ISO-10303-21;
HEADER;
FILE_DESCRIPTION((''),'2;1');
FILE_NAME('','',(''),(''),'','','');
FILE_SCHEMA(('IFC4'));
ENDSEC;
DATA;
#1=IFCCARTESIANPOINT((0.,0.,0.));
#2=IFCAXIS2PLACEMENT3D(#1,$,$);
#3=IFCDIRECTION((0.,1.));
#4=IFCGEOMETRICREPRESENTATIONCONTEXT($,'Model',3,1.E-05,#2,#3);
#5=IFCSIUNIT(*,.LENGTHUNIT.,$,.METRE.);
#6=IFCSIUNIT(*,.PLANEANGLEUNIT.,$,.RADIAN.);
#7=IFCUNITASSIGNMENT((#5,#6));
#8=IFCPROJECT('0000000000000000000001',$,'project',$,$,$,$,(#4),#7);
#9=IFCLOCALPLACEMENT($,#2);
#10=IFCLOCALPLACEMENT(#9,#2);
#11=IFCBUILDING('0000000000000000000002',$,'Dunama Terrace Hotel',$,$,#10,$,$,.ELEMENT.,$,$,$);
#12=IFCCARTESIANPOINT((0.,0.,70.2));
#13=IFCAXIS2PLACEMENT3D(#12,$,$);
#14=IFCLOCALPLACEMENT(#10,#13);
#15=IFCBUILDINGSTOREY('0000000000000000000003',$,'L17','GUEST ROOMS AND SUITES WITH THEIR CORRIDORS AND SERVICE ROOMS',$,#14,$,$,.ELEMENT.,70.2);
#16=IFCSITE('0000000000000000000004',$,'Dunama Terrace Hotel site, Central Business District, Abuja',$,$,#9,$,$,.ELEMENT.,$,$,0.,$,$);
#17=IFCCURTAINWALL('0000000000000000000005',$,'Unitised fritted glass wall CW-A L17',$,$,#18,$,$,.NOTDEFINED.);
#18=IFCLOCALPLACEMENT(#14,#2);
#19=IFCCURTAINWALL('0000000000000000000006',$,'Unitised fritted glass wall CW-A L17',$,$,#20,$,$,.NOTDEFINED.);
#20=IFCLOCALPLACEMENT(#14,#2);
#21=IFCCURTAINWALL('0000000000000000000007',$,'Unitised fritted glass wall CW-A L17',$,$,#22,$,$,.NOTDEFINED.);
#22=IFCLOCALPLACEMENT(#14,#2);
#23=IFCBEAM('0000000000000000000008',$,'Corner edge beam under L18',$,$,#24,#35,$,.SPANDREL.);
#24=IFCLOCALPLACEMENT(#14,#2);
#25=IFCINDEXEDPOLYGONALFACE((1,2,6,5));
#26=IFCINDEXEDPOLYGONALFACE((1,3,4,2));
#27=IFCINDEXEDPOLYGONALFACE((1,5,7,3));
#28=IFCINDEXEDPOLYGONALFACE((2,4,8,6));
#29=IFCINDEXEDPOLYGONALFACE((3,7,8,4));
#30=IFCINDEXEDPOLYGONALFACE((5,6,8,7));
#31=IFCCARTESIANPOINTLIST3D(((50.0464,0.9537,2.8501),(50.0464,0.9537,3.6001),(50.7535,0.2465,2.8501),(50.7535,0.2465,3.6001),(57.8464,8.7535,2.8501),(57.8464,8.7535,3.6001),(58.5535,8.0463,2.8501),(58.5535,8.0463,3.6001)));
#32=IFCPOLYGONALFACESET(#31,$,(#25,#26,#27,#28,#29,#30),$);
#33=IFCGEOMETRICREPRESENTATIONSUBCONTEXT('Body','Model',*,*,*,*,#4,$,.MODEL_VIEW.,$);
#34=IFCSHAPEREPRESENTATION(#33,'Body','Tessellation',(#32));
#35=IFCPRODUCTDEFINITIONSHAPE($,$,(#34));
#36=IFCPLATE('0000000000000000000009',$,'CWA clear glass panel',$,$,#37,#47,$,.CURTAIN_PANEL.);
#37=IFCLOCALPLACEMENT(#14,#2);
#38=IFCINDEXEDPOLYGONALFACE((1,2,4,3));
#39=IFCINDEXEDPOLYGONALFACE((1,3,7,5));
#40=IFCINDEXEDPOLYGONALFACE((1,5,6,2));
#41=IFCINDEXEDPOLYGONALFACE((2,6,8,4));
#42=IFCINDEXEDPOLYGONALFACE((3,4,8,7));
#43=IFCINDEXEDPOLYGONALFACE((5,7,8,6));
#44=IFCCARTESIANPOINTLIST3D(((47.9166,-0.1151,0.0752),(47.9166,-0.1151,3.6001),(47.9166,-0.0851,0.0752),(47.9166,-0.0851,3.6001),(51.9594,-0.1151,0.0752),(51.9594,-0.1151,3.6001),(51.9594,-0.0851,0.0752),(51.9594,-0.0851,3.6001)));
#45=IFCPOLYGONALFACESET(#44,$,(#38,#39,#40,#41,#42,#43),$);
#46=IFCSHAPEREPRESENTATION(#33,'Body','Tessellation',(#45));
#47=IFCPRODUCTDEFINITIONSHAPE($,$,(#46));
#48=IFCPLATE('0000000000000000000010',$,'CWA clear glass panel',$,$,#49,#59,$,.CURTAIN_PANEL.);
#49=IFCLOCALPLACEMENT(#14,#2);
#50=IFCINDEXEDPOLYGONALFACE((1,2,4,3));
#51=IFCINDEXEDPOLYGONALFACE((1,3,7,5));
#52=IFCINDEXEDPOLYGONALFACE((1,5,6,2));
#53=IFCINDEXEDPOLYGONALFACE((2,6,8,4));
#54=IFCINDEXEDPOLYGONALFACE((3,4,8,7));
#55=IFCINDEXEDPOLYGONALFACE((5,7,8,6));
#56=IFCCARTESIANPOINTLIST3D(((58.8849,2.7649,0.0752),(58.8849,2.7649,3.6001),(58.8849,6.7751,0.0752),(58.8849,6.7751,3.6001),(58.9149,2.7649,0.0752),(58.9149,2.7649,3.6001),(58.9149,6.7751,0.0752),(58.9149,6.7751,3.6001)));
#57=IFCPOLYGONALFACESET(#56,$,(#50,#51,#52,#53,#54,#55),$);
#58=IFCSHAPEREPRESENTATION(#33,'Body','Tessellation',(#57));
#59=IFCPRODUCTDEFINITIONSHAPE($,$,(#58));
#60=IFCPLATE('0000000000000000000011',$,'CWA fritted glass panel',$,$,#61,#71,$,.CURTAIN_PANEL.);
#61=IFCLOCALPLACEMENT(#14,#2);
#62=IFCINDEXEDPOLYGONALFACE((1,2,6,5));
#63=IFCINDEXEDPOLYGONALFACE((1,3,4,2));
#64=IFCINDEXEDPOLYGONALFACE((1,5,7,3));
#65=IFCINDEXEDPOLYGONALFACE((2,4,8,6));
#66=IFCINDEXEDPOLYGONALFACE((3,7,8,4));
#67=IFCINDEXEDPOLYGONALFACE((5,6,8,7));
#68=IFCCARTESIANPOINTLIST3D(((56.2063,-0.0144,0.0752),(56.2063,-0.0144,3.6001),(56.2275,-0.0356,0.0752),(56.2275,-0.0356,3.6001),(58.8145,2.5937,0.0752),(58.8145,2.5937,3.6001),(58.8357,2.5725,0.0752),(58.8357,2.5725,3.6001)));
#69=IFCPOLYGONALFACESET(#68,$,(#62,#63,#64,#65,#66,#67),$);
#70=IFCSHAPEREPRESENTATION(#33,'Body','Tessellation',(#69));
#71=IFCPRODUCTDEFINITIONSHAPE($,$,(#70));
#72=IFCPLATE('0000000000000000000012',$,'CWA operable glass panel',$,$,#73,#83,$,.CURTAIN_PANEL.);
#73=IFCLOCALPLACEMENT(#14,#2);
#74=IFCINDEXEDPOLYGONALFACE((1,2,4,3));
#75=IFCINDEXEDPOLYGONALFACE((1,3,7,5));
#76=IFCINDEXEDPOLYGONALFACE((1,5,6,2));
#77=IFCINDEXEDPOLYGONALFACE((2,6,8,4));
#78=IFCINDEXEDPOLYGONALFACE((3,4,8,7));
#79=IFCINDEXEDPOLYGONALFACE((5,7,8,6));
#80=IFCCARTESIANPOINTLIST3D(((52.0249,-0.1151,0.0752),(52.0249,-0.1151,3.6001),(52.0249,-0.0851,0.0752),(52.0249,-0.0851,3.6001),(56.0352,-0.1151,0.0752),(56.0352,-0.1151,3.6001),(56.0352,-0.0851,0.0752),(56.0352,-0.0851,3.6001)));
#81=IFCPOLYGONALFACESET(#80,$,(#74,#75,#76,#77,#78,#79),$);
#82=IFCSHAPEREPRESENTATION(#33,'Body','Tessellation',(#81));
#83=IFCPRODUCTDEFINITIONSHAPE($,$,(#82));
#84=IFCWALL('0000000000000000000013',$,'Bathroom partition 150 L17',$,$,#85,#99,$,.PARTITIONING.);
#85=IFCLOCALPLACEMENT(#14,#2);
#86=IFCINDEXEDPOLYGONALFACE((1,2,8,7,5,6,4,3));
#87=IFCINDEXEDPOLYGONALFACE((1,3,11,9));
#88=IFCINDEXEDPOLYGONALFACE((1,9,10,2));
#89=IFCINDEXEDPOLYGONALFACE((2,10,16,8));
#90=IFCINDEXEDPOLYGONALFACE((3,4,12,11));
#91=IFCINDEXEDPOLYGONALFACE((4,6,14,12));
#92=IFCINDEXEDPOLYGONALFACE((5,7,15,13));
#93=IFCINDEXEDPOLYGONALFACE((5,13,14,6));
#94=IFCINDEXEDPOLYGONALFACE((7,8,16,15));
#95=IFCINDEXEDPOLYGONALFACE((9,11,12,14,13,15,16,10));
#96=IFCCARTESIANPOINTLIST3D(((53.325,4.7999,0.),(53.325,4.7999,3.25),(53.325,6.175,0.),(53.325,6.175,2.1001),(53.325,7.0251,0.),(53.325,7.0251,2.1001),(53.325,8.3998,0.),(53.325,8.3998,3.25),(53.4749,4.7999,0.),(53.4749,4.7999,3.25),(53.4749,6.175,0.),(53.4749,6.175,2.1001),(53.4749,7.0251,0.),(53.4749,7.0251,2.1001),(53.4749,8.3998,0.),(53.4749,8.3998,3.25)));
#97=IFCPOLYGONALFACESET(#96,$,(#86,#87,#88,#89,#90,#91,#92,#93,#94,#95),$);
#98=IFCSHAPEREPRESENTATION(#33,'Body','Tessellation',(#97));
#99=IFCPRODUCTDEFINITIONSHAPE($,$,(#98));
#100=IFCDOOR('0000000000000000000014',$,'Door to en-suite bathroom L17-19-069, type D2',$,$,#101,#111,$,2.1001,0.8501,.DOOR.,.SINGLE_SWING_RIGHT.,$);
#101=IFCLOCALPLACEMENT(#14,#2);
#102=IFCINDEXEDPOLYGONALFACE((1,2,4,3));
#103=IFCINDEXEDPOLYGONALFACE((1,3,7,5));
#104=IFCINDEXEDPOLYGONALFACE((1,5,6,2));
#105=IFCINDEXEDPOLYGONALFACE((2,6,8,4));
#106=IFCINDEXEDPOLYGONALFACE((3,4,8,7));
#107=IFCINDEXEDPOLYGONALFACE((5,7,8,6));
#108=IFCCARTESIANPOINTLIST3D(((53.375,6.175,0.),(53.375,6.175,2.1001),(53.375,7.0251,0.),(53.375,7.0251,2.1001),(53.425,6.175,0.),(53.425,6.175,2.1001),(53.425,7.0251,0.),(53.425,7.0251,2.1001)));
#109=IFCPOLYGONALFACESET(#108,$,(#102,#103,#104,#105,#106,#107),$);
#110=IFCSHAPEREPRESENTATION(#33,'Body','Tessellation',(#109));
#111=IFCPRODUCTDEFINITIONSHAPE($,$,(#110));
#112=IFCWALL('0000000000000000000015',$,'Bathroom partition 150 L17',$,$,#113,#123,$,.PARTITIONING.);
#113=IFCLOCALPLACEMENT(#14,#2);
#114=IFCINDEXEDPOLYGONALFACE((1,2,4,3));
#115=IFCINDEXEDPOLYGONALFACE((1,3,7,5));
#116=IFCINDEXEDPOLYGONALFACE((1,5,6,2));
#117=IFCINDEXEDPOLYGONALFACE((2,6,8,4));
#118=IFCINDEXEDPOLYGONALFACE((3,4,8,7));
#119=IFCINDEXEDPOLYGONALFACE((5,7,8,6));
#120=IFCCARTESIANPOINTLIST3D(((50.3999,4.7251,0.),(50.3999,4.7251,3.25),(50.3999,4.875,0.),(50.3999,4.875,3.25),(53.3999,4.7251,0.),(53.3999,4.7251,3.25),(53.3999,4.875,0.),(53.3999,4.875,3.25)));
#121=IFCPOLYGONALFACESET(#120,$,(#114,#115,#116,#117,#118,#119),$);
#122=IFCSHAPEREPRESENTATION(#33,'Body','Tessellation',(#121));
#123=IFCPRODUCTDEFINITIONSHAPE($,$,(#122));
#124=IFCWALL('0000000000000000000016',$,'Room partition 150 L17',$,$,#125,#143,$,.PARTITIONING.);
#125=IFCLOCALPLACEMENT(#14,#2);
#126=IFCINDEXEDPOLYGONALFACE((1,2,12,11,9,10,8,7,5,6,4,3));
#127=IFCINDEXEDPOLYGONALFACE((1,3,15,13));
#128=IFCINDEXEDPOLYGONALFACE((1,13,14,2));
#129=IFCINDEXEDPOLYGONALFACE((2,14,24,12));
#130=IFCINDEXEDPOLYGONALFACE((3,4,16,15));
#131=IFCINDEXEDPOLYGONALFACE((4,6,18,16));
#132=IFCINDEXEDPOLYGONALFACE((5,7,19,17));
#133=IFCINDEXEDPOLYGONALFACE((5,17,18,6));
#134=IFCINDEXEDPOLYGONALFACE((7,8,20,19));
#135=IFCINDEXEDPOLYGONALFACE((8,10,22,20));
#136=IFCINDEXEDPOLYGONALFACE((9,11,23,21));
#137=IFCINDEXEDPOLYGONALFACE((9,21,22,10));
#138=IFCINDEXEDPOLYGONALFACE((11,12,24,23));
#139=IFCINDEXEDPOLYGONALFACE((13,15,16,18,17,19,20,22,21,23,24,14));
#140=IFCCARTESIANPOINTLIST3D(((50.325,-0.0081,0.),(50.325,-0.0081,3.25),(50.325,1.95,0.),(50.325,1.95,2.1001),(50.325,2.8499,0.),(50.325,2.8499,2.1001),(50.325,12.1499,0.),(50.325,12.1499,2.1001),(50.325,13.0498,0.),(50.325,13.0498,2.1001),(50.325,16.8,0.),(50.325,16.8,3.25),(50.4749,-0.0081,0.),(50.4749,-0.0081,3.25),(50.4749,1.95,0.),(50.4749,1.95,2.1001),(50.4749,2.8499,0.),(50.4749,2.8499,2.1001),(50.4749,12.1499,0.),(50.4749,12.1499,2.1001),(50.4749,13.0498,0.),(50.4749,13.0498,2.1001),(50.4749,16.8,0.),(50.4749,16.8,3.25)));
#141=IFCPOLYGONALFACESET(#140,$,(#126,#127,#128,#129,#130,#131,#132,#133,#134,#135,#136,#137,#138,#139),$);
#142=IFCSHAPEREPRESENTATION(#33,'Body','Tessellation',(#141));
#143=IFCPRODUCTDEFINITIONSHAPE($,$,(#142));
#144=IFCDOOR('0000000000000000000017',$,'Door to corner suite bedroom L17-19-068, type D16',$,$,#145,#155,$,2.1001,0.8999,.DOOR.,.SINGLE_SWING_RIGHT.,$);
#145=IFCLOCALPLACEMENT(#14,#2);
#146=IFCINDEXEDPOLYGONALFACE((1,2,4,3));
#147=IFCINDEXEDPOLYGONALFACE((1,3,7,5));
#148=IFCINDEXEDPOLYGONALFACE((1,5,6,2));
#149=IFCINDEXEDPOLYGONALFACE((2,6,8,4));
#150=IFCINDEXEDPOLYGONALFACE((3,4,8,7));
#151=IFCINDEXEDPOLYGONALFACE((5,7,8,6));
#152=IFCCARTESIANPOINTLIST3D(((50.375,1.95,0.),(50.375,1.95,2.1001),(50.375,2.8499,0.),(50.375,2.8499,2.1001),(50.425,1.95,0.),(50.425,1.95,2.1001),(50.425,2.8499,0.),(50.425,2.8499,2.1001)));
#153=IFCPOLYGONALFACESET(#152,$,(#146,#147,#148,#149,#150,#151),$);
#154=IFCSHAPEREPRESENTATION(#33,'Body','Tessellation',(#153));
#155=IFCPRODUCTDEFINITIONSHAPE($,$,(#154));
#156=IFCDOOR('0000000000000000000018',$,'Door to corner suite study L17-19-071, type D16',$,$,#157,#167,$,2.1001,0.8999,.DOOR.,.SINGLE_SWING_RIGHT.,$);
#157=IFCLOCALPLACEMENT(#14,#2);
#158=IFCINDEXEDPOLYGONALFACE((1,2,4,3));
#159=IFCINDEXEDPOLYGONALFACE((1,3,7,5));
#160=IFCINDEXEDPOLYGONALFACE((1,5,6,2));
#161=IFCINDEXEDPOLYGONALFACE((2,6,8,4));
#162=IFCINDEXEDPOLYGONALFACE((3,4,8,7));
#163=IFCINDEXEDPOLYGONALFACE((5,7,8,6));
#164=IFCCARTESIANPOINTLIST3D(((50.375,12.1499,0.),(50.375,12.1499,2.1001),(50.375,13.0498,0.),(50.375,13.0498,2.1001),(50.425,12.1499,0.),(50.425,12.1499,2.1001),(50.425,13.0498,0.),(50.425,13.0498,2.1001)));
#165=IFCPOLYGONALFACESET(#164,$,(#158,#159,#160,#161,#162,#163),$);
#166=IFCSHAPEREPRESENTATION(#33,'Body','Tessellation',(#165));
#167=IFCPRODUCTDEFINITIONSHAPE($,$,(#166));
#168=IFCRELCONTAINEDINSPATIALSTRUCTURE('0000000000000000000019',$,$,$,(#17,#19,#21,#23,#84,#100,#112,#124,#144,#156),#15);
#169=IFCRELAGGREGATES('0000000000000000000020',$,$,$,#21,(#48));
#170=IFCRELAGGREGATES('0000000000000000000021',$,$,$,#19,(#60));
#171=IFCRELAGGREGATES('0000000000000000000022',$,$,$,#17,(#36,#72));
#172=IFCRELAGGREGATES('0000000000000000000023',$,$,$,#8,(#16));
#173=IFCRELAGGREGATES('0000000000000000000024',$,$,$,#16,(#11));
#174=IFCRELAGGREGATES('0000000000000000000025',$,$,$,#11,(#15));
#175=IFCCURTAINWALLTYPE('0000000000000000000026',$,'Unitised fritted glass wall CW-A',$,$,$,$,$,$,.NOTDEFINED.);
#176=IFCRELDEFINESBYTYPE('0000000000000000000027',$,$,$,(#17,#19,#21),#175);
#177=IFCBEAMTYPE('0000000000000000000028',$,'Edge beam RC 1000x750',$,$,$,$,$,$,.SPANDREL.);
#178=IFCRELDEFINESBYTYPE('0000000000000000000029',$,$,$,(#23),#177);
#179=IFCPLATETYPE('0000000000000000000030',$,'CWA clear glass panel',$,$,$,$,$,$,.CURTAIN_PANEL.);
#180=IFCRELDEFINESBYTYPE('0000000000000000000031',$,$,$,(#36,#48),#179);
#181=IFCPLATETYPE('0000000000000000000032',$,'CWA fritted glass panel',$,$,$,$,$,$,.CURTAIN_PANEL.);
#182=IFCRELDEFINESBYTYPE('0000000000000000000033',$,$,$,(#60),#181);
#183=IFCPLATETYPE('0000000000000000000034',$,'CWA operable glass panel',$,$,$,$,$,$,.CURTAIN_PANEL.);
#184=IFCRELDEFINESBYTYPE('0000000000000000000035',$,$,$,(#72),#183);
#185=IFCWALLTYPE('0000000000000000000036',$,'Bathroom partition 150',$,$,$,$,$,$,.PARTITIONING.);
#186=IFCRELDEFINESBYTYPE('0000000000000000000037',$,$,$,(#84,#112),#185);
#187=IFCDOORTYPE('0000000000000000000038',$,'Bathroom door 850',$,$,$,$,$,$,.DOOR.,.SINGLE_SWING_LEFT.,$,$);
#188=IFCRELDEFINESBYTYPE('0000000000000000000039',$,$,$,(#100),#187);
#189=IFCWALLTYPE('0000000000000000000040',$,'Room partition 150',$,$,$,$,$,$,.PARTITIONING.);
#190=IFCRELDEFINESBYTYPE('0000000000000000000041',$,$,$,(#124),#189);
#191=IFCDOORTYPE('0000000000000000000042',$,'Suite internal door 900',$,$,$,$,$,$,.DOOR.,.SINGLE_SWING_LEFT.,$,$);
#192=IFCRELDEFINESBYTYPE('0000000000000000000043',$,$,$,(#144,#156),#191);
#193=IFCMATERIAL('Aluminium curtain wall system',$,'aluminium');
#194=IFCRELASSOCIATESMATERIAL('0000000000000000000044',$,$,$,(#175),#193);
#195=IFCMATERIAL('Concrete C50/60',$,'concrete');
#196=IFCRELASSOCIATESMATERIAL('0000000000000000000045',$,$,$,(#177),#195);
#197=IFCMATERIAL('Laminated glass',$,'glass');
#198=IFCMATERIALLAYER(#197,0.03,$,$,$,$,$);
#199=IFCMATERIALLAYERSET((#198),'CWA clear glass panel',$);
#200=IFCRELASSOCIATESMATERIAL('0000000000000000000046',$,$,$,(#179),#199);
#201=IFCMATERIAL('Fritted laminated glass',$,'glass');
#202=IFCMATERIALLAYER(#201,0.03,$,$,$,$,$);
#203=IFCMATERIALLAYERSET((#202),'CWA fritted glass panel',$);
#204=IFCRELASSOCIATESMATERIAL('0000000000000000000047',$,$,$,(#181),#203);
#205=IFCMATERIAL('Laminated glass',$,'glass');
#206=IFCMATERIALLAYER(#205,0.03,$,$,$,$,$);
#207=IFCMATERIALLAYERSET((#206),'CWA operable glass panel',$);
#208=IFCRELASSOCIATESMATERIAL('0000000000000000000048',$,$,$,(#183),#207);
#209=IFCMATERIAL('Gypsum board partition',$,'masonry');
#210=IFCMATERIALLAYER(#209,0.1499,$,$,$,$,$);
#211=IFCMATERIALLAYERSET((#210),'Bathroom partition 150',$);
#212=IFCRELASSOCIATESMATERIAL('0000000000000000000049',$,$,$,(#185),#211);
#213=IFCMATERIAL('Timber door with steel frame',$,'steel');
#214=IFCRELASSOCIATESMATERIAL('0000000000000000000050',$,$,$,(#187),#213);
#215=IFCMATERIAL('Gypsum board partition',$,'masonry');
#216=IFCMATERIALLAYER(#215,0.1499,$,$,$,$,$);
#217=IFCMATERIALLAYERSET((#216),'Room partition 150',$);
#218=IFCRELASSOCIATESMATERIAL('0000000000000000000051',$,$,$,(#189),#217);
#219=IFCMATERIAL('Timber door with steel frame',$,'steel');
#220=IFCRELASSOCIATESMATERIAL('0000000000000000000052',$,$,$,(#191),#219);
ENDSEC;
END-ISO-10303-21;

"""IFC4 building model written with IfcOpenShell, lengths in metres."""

from ifc_helpers import new_model, si_unit, direction, frame, frame_2d, origin, origin_2d, place, context, subcontext, project, spatial, rectangle, extrude, material, layer, layer_set, material_profile, profile_set, type_object, element, fill, aggregate, save


model = new_model("IFC4")

# Units and contexts
model_context = context("Model", 3, precision=1e-05, world=origin(), true_north=direction((0.0, 1.0)))
body_context = subcontext(model_context, "Body", "Model", "MODEL_VIEW")
ifc_project = project(units=[si_unit("LENGTHUNIT", "METRE"), si_unit("PLANEANGLEUNIT", "RADIAN")], contexts=[model_context])

# Site, building, storey
site_placement = place(None, origin())
site = spatial("IfcSite", under=ifc_project, at=site_placement, Name="Dunama Terrace Hotel site, Central Business District, Abuja", CompositionType="ELEMENT", RefElevation=0.0)
building_placement = place(site_placement, origin())
building = spatial("IfcBuilding", under=site, at=building_placement, Name="Dunama Terrace Hotel", CompositionType="ELEMENT")
storey_placement = place(building_placement, frame((0.0, 0.0, 70.2)))
storey = spatial("IfcBuildingStorey", under=building, at=storey_placement, Name="L17", Description="GUEST ROOMS AND SUITES WITH THEIR CORRIDORS AND SERVICE ROOMS", CompositionType="ELEMENT", Elevation=70.2)

# Curtain walls
ifc_material_1 = material(Name="Aluminium curtain wall system", Category="aluminium")
curtain_wall_type = type_object("IfcCurtainWallType", Name="Unitised fritted glass wall CW-A", PredefinedType="NOTDEFINED", material=ifc_material_1)
curtain_wall_1_placement = place(storey_placement, origin())
curtain_wall_1 = element("IfcCurtainWall", 1, at=curtain_wall_1_placement, inside=storey, type_object=curtain_wall_type, Name="Unitised fritted glass wall CW-A L17", PredefinedType="NOTDEFINED")
curtain_wall_2_placement = place(storey_placement, origin())
curtain_wall_2 = element("IfcCurtainWall", 2, at=curtain_wall_2_placement, inside=storey, type_object=curtain_wall_type, Name="Unitised fritted glass wall CW-A L17", PredefinedType="NOTDEFINED")
curtain_wall_3_placement = place(storey_placement, origin())
curtain_wall_3 = element("IfcCurtainWall", 3, at=curtain_wall_3_placement, inside=storey, type_object=curtain_wall_type, Name="Unitised fritted glass wall CW-A L17", PredefinedType="NOTDEFINED")

# Beam
ifc_material_2 = material(Name="Concrete C50/60", Category="concrete")
ifc_material_profile_1 = material_profile(ifc_material_2, rectangle(XDim=1.0, YDim=0.75, at=origin_2d()), Name="RC 1000x750")
ifc_profile_set_1 = profile_set([ifc_material_profile_1], Name="Concrete C50/60")
beam_type = type_object("IfcBeamType", Name="Edge beam RC 1000x750", PredefinedType="SPANDREL", material=ifc_profile_set_1)
beam_placement = place(storey_placement, frame((50.3999, 0.6001, 3.2251), z_axis=(0.707118, 0.707096, 0.0), x_axis=(-0.707096, 0.707118, 0.0)))
element("IfcBeam", 4, at=beam_placement, inside=storey, type_object=beam_type, Name="Corner edge beam under L18", PredefinedType="SPANDREL", context=body_context, shape_type="SweptSolid", body=[
    extrude(rectangle(XDim=1.0, YDim=0.75, at=origin_2d()), origin(), (0.0, 0.0, 1.0), 11.0308),
])

# Plates
ifc_material_3 = material(Name="Laminated glass", Category="glass")
ifc_layer_1 = layer(ifc_material_3, 0.03)
ifc_layer_set_1 = layer_set([ifc_layer_1], Name="CWA clear glass panel")
plate_type_1 = type_object("IfcPlateType", Name="CWA clear glass panel", PredefinedType="CURTAIN_PANEL", material=ifc_layer_set_1)
plate_1_placement = place(storey_placement, frame((49.938, -0.1001, 0.0752), z_axis=(0.0, 0.0, 1.0), x_axis=(1.0, 0.0, 0.0)))
plate_1 = element("IfcPlate", 5, at=plate_1_placement, type_object=plate_type_1, Name="CWA clear glass panel", PredefinedType="CURTAIN_PANEL", context=body_context, shape_type="SweptSolid", body=[
    extrude(rectangle(XDim=4.0427, YDim=0.03, at=origin_2d()), origin(), (0.0, 0.0, 1.0), 3.5249),
])
plate_2_placement = place(storey_placement, frame((58.8999, 4.77, 0.0752), z_axis=(0.0, 0.0, 1.0), x_axis=(0.0, 1.0, 0.0)))
plate_2 = element("IfcPlate", 6, at=plate_2_placement, type_object=plate_type_1, Name="CWA clear glass panel", PredefinedType="CURTAIN_PANEL", context=body_context, shape_type="SweptSolid", body=[
    extrude(rectangle(XDim=4.0103, YDim=0.03, at=origin_2d()), origin(), (0.0, 0.0, 1.0), 3.5249),
])
aggregate(curtain_wall_3, [plate_2])
ifc_material_4 = material(Name="Fritted laminated glass", Category="glass")
ifc_layer_2 = layer(ifc_material_4, 0.03)
ifc_layer_set_2 = layer_set([ifc_layer_2], Name="CWA fritted glass panel")
plate_type_2 = type_object("IfcPlateType", Name="CWA fritted glass panel", PredefinedType="CURTAIN_PANEL", material=ifc_layer_set_2)
plate_3_placement = place(storey_placement, frame((57.521, 1.2791, 0.0752), z_axis=(0.0, 0.0, 1.0), x_axis=(0.707107, 0.707107, 0.0)))
plate_3 = element("IfcPlate", 7, at=plate_3_placement, type_object=plate_type_2, Name="CWA fritted glass panel", PredefinedType="CURTAIN_PANEL", context=body_context, shape_type="SweptSolid", body=[
    extrude(rectangle(XDim=3.6885, YDim=0.03, at=origin_2d()), origin(), (0.0, 0.0, 1.0), 3.5249),
])
aggregate(curtain_wall_2, [plate_3])
ifc_material_5 = material(Name="Laminated glass", Category="glass")
ifc_layer_3 = layer(ifc_material_5, 0.03)
ifc_layer_set_3 = layer_set([ifc_layer_3], Name="CWA operable glass panel")
plate_type_3 = type_object("IfcPlateType", Name="CWA operable glass panel", PredefinedType="CURTAIN_PANEL", material=ifc_layer_set_3)
plate_4_placement = place(storey_placement, frame((54.03, -0.1001, 0.0752), z_axis=(0.0, 0.0, 1.0), x_axis=(1.0, 0.0, 0.0)))
plate_4 = element("IfcPlate", 8, at=plate_4_placement, type_object=plate_type_3, Name="CWA operable glass panel", PredefinedType="CURTAIN_PANEL", context=body_context, shape_type="SweptSolid", body=[
    extrude(rectangle(XDim=4.0103, YDim=0.03, at=origin_2d()), origin(), (0.0, 0.0, 1.0), 3.5249),
])
aggregate(curtain_wall_1, [plate_1, plate_4])

# Wall, opening, door
ifc_material_6 = material(Name="Gypsum board partition", Category="masonry")
ifc_layer_4 = layer(ifc_material_6, 0.1499)
ifc_layer_set_4 = layer_set([ifc_layer_4], Name="Bathroom partition 150")
wall_type_1 = type_object("IfcWallType", Name="Bathroom partition 150", PredefinedType="PARTITIONING", material=ifc_layer_set_4)
wall_1_placement = place(storey_placement, frame((53.3999, 4.8, 0.0), z_axis=(0.0, 0.0, 1.0), x_axis=(0.0, 1.0, 0.0)))
wall_1 = element("IfcWall", 9, at=wall_1_placement, inside=storey, type_object=wall_type_1, Name="Bathroom partition 150 L17", PredefinedType="PARTITIONING", context=body_context, shape_type="SweptSolid", body=[
    extrude(rectangle(XDim=3.5999, YDim=0.1499, at=frame_2d((1.7998, 0.0))), origin(), (0.0, 0.0, 1.0), 3.25),
])
opening_1_placement = place(wall_1_placement, frame((1.375, 0.0, 0.0)))
opening_1 = element("IfcOpeningElement", 10, at=opening_1_placement, cuts=wall_1, PredefinedType="OPENING", context=body_context, shape_type="SweptSolid", body=[
    extrude(rectangle(XDim=0.8501, YDim=2.1001, at=frame_2d((0.425, 1.05))), frame((0.0, 0.085, 0.0), z_axis=(0.0, -1.0, 0.0), x_axis=(1.0, 0.0, 0.0)), (0.0, 0.0, 1.0), 0.1699),
])
ifc_material_7 = material(Name="Timber door with steel frame", Category="steel")
door_type_1 = type_object("IfcDoorType", Name="Bathroom door 850", OperationType="SINGLE_SWING_LEFT", PredefinedType="DOOR", material=ifc_material_7)
door_1_placement = place(opening_1_placement, origin())
door_1 = element("IfcDoor", 11, at=door_1_placement, inside=storey, type_object=door_type_1, Name="Door to en-suite bathroom L17-19-069, type D2", OperationType="SINGLE_SWING_RIGHT", OverallHeight=2.1001, OverallWidth=0.8501, PredefinedType="DOOR", context=body_context, shape_type="SweptSolid", body=[
    extrude(rectangle(XDim=0.8501, YDim=2.1001, at=frame_2d((0.425, 1.05))), frame((0.0, 0.0249, 0.0), z_axis=(0.0, -1.0, 0.0), x_axis=(1.0, 0.0, 0.0)), (0.0, 0.0, 1.0), 0.05),
])
fill(opening_1, door_1)

# Wall
wall_2_placement = place(storey_placement, frame((50.3999, 4.8, 0.0), z_axis=(0.0, 0.0, 1.0), x_axis=(1.0, 0.0, 0.0)))
element("IfcWall", 12, at=wall_2_placement, inside=storey, type_object=wall_type_1, Name="Bathroom partition 150 L17", PredefinedType="PARTITIONING", context=body_context, shape_type="SweptSolid", body=[
    extrude(rectangle(XDim=3.0, YDim=0.1499, at=frame_2d((1.5, 0.0))), origin(), (0.0, 0.0, 1.0), 3.25),
])

# Wall, openings, doors
ifc_material_8 = material(Name="Gypsum board partition", Category="masonry")
ifc_layer_5 = layer(ifc_material_8, 0.1499)
ifc_layer_set_5 = layer_set([ifc_layer_5], Name="Room partition 150")
wall_type_2 = type_object("IfcWallType", Name="Room partition 150", PredefinedType="PARTITIONING", material=ifc_layer_set_5)
wall_3_placement = place(storey_placement, frame((50.3999, -0.0081, 0.0), z_axis=(0.0, 0.0, 1.0), x_axis=(0.0, 1.0, 0.0)))
wall_3 = element("IfcWall", 13, at=wall_3_placement, inside=storey, type_object=wall_type_2, Name="Room partition 150 L17", PredefinedType="PARTITIONING", context=body_context, shape_type="SweptSolid", body=[
    extrude(rectangle(XDim=16.8081, YDim=0.1499, at=frame_2d((8.4041, 0.0))), origin(), (0.0, 0.0, 1.0), 3.25),
])
opening_2_placement = place(wall_3_placement, frame((1.958, 0.0, 0.0)))
opening_2 = element("IfcOpeningElement", 14, at=opening_2_placement, cuts=wall_3, PredefinedType="OPENING", context=body_context, shape_type="SweptSolid", body=[
    extrude(rectangle(XDim=0.8999, YDim=2.1001, at=frame_2d((0.45, 1.05))), frame((0.0, 0.085, 0.0), z_axis=(0.0, -1.0, 0.0), x_axis=(1.0, 0.0, 0.0)), (0.0, 0.0, 1.0), 0.1699),
])
opening_3_placement = place(wall_3_placement, frame((12.158, 0.0, 0.0)))
opening_3 = element("IfcOpeningElement", 15, at=opening_3_placement, cuts=wall_3, PredefinedType="OPENING", context=body_context, shape_type="SweptSolid", body=[
    extrude(rectangle(XDim=0.8999, YDim=2.1001, at=frame_2d((0.45, 1.05))), frame((0.0, 0.085, 0.0), z_axis=(0.0, -1.0, 0.0), x_axis=(1.0, 0.0, 0.0)), (0.0, 0.0, 1.0), 0.1699),
])
ifc_material_9 = material(Name="Timber door with steel frame", Category="steel")
door_type_2 = type_object("IfcDoorType", Name="Suite internal door 900", OperationType="SINGLE_SWING_LEFT", PredefinedType="DOOR", material=ifc_material_9)
door_2_placement = place(opening_2_placement, frame((0.8999, 0.0, 0.0), z_axis=(0.0, 0.0, 1.0), x_axis=(-1.0, 0.0, 0.0)))
door_2 = element("IfcDoor", 16, at=door_2_placement, inside=storey, type_object=door_type_2, Name="Door to corner suite bedroom L17-19-068, type D16", OperationType="SINGLE_SWING_RIGHT", OverallHeight=2.1001, OverallWidth=0.8999, PredefinedType="DOOR", context=body_context, shape_type="SweptSolid", body=[
    extrude(rectangle(XDim=0.8999, YDim=2.1001, at=frame_2d((0.45, 1.05))), frame((0.0, 0.0251, 0.0), z_axis=(0.0, -1.0, 0.0), x_axis=(1.0, 0.0, 0.0)), (0.0, 0.0, 1.0), 0.05),
])
fill(opening_2, door_2)
door_3_placement = place(opening_3_placement, frame((0.8999, 0.0, 0.0), z_axis=(0.0, 0.0, 1.0), x_axis=(-1.0, 0.0, 0.0)))
door_3 = element("IfcDoor", 17, at=door_3_placement, inside=storey, type_object=door_type_2, Name="Door to corner suite study L17-19-071, type D16", OperationType="SINGLE_SWING_RIGHT", OverallHeight=2.1001, OverallWidth=0.8999, PredefinedType="DOOR", context=body_context, shape_type="SweptSolid", body=[
    extrude(rectangle(XDim=0.8999, YDim=2.1001, at=frame_2d((0.45, 1.05))), frame((0.0, 0.0251, 0.0), z_axis=(0.0, -1.0, 0.0), x_axis=(1.0, 0.0, 0.0)), (0.0, 0.0, 1.0), 0.05),
])
fill(opening_3, door_3)

save(model, "model.ifc")
